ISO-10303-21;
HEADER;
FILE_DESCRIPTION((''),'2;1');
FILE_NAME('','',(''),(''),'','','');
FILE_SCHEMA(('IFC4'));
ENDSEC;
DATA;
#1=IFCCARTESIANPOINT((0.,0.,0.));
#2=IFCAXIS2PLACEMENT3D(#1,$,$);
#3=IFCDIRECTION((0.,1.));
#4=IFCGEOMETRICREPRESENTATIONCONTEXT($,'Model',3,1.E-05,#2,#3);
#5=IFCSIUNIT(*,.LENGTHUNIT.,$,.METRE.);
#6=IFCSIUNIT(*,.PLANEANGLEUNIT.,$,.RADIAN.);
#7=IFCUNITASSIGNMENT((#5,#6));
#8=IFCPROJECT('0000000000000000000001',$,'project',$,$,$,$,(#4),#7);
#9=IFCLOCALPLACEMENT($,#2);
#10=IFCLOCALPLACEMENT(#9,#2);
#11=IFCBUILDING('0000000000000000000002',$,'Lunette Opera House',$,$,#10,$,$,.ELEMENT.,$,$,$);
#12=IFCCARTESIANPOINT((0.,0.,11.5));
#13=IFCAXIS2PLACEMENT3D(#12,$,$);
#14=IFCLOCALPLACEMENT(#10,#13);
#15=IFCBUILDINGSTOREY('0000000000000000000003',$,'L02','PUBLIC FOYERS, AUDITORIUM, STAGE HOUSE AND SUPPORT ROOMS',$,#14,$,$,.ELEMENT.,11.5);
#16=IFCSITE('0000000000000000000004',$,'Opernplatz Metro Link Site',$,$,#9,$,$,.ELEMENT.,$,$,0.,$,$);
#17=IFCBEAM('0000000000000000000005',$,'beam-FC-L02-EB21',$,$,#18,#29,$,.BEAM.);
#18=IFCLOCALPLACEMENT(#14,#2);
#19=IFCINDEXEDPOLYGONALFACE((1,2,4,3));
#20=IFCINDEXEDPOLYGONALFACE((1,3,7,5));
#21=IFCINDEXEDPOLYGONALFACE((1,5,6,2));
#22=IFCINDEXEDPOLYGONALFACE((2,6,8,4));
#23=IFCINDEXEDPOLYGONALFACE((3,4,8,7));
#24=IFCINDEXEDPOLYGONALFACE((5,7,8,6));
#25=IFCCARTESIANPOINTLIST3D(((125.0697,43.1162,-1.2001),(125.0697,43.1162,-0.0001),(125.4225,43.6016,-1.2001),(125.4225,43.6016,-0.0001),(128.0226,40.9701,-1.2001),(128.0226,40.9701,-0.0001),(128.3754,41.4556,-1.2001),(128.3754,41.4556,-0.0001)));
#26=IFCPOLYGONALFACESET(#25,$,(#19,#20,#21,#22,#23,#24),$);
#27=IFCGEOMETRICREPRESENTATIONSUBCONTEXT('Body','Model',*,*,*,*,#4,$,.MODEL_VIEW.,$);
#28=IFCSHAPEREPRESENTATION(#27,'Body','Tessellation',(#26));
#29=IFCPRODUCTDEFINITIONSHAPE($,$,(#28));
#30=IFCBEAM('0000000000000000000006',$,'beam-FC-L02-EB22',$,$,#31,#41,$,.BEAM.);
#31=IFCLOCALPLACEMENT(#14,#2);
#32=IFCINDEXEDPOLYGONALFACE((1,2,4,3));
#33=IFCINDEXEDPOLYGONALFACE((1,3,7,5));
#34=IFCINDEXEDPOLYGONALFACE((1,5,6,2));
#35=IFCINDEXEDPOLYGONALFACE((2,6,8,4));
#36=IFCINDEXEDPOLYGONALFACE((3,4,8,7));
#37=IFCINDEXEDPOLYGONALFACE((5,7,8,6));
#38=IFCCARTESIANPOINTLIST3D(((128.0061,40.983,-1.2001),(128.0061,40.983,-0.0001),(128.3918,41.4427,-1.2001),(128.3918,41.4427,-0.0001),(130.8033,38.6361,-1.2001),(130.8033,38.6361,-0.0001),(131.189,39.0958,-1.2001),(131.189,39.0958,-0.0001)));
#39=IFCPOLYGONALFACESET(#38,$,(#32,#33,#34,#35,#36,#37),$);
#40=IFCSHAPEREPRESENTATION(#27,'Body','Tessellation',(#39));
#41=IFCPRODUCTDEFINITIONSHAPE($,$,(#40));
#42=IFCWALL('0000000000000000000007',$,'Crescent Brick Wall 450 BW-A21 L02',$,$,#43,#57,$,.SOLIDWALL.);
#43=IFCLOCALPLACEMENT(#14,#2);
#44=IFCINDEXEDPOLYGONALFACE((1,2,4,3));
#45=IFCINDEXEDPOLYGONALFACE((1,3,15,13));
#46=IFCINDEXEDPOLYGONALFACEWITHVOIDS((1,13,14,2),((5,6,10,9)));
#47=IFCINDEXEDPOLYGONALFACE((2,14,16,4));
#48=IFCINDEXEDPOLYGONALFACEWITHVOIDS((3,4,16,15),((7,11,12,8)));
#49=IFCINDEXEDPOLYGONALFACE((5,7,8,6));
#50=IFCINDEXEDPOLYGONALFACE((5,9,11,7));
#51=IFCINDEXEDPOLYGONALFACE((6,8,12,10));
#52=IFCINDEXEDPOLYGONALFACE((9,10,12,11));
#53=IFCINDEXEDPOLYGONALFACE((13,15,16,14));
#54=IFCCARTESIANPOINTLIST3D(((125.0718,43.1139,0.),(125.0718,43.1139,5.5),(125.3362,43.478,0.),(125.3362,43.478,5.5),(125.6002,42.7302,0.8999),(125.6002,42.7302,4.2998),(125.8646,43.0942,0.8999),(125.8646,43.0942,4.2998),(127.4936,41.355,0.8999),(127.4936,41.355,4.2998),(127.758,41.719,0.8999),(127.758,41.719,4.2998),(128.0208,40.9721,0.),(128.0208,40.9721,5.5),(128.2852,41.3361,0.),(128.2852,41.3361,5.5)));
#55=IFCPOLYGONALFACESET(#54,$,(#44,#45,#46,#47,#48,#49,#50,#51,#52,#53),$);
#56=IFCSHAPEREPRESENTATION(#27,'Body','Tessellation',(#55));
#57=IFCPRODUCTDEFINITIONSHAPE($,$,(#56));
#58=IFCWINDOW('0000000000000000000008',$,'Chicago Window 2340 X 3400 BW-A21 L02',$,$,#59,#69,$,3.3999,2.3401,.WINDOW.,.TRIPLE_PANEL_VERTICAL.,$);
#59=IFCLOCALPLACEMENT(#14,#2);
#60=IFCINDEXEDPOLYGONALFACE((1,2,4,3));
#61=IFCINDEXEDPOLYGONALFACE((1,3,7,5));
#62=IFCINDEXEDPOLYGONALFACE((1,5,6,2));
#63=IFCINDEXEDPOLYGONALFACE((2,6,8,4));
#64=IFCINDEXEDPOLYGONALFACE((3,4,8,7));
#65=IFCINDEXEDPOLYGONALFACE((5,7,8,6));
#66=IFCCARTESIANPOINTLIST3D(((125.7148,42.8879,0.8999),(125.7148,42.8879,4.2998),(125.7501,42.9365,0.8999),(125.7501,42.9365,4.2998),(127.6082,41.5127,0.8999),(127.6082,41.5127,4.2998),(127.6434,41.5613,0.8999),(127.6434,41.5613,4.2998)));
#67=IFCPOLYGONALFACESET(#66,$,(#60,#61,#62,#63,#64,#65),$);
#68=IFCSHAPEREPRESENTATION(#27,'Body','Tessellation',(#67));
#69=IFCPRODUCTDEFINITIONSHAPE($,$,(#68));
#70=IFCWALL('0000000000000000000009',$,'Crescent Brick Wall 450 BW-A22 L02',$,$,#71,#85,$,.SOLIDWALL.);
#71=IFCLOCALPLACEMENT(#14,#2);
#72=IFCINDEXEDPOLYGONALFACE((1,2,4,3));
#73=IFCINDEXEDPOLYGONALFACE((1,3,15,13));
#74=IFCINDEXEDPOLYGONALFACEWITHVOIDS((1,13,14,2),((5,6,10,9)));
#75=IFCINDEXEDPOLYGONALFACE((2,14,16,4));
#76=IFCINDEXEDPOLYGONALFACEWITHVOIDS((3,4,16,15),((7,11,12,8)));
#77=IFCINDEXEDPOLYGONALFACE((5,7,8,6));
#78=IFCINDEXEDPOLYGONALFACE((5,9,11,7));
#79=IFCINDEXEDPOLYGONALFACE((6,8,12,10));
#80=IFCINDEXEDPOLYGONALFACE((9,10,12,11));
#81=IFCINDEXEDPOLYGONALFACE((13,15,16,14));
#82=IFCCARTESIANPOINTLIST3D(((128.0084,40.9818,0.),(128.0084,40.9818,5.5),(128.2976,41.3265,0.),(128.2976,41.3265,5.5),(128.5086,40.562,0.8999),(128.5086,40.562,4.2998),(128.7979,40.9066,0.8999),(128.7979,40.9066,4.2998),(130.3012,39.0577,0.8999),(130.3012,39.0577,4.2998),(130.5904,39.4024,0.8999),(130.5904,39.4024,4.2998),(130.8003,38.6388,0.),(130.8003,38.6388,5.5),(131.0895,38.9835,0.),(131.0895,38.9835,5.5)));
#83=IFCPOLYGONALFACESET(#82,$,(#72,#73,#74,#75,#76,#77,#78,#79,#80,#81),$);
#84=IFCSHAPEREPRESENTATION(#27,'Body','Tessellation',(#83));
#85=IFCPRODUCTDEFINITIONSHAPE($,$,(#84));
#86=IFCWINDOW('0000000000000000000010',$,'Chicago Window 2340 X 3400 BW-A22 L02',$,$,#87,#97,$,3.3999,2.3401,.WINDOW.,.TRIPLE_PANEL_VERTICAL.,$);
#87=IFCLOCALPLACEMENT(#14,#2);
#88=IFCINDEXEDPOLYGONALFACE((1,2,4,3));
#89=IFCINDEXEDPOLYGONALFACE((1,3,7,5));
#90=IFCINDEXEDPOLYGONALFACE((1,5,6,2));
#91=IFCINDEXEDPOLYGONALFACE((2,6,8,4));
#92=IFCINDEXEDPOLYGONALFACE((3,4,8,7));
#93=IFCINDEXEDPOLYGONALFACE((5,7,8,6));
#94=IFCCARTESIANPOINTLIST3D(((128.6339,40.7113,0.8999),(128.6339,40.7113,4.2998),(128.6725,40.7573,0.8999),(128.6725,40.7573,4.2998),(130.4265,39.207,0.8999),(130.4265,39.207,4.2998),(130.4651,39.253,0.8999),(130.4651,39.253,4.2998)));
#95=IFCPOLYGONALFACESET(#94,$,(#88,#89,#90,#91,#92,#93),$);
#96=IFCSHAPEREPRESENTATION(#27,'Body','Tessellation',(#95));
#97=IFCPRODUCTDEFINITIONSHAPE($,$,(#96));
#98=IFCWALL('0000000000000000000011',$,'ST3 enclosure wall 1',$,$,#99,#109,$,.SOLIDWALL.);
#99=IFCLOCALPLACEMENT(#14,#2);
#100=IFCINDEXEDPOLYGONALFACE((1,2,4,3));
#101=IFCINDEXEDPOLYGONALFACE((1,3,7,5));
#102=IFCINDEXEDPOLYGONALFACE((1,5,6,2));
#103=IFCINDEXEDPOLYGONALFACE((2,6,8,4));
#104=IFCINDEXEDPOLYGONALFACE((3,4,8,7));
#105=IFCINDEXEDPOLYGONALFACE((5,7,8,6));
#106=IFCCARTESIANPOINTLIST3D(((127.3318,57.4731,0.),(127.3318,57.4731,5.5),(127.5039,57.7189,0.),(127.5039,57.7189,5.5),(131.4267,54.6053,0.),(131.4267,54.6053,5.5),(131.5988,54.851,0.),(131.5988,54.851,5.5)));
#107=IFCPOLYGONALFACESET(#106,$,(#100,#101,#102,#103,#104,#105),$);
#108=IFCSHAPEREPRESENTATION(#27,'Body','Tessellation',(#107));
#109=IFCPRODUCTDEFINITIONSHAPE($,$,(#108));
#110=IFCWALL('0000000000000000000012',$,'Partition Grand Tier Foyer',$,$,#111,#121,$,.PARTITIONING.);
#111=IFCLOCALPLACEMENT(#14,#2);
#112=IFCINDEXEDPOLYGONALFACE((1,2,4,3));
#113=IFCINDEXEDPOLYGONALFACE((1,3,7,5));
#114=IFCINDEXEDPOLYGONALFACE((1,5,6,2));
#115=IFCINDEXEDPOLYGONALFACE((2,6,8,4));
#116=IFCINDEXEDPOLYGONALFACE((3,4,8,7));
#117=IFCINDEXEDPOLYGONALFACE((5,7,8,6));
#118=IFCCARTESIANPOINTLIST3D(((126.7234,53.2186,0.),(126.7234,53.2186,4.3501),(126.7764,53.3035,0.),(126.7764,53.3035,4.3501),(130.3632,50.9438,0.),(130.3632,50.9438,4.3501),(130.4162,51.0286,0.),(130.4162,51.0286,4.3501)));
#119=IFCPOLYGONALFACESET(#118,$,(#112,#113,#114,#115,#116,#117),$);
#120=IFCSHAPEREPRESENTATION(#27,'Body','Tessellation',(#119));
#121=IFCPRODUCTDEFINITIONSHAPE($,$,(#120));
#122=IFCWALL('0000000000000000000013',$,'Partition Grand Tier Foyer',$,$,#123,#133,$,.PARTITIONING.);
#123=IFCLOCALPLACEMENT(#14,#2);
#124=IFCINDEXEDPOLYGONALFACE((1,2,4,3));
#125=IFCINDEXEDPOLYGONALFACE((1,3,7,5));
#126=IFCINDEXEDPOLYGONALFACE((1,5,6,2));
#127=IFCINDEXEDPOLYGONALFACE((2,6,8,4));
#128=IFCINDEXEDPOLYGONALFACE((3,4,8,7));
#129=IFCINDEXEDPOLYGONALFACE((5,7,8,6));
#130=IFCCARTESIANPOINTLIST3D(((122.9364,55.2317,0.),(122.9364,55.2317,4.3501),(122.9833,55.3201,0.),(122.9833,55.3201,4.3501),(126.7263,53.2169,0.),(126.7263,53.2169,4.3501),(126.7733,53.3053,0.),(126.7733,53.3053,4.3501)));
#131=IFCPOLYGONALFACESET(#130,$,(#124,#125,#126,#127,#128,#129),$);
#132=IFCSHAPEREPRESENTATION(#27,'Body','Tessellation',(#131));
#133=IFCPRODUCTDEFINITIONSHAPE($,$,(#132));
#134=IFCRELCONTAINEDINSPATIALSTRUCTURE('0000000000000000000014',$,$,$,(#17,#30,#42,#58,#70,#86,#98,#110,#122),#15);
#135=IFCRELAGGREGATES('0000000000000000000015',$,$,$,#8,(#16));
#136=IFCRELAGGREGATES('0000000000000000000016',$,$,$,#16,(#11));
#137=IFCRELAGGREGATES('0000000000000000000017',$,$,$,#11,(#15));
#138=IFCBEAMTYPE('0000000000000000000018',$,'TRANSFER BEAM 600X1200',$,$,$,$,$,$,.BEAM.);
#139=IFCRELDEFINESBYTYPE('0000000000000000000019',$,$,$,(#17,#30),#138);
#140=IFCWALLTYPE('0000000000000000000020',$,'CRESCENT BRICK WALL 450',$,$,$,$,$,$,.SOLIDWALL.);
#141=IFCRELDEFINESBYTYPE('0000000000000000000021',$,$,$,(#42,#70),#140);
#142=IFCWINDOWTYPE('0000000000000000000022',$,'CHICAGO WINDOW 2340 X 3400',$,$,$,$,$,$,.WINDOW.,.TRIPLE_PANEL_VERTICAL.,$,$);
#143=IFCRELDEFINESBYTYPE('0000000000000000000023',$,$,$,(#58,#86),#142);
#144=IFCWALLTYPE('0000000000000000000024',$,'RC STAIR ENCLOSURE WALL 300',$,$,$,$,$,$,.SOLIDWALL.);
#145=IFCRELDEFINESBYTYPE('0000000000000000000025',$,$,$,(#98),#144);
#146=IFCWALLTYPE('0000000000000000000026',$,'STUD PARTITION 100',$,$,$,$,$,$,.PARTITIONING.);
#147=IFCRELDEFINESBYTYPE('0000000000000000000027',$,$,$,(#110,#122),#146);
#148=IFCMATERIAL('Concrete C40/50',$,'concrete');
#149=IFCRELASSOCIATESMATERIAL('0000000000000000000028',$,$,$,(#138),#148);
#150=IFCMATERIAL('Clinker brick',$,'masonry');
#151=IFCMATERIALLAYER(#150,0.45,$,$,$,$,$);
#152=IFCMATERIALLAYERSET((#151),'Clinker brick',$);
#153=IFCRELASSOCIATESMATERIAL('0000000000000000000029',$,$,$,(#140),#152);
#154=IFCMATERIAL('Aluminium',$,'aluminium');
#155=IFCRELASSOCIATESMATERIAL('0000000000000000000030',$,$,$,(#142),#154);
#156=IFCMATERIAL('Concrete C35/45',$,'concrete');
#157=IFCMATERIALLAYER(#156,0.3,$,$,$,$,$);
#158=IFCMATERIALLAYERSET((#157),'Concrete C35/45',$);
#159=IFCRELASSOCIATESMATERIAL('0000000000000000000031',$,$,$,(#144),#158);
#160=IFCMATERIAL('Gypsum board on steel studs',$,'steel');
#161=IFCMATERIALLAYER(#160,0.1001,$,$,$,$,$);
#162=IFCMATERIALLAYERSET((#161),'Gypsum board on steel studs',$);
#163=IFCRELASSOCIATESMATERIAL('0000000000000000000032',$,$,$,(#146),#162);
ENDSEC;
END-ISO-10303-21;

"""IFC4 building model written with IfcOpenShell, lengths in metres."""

from ifc_helpers import new_model, si_unit, direction, frame, frame_2d, origin, origin_2d, place, context, subcontext, project, spatial, rectangle, extrude, material, layer, layer_set, material_profile, profile_set, type_object, element, fill, save


model = new_model("IFC4")

# Units and contexts
model_context = context("Model", 3, precision=1e-05, world=origin(), true_north=direction((0.0, 1.0)))
body_context = subcontext(model_context, "Body", "Model", "MODEL_VIEW")
ifc_project = project(units=[si_unit("LENGTHUNIT", "METRE"), si_unit("PLANEANGLEUNIT", "RADIAN")], contexts=[model_context])

# Site, building, storey
site_placement = place(None, origin())
site = spatial("IfcSite", under=ifc_project, at=site_placement, Name="Opernplatz Metro Link Site", CompositionType="ELEMENT", RefElevation=0.0)
building_placement = place(site_placement, origin())
building = spatial("IfcBuilding", under=site, at=building_placement, Name="Lunette Opera House", CompositionType="ELEMENT")
storey_placement = place(building_placement, frame((0.0, 0.0, 11.5)))
storey = spatial("IfcBuildingStorey", under=building, at=storey_placement, Name="L02", Description="PUBLIC FOYERS, AUDITORIUM, STAGE HOUSE AND SUPPORT ROOMS", CompositionType="ELEMENT", Elevation=11.5)

# Beams
ifc_material_1 = material(Name="Concrete C40/50", Category="concrete")
ifc_material_profile_1 = material_profile(ifc_material_1, rectangle(XDim=0.6001, YDim=1.2, at=origin_2d()), Name="TRANSFER BEAM 600X1200")
ifc_profile_set_1 = profile_set([ifc_material_profile_1], Name="Concrete C40/50")
beam_type_1 = type_object("IfcBeamType", Name="TRANSFER BEAM 600X1200", PredefinedType="BEAM", material=ifc_profile_set_1)
beam_1_placement = place(storey_placement, frame((125.2461, 43.3589, -0.6001), z_axis=(0.808938, -0.587893, 0.0), x_axis=(0.587893, 0.808938, 0.0)))
element("IfcBeam", 1, at=beam_1_placement, inside=storey, type_object=beam_type_1, Name="beam-FC-L02-EB21", PredefinedType="BEAM", context=body_context, shape_type="SweptSolid", body=[
    extrude(rectangle(XDim=0.6001, YDim=1.2, at=origin_2d()), origin(), (0.0, 0.0, 1.0), 3.6504),
])
beam_2_placement = place(storey_placement, frame((128.199, 41.2129, -0.6001), z_axis=(0.766063, -0.642765, 0.0), x_axis=(0.642765, 0.766063, 0.0)))
element("IfcBeam", 2, at=beam_2_placement, inside=storey, type_object=beam_type_1, Name="beam-FC-L02-EB22", PredefinedType="BEAM", context=body_context, shape_type="SweptSolid", body=[
    extrude(rectangle(XDim=0.6001, YDim=1.2, at=origin_2d()), origin(), (0.0, 0.0, 1.0), 3.6514),
])

# Walls, openings, windows
ifc_material_2 = material(Name="Clinker brick", Category="masonry")
ifc_layer_1 = layer(ifc_material_2, 0.45)
ifc_layer_set_1 = layer_set([ifc_layer_1], Name="Clinker brick")
wall_type_1 = type_object("IfcWallType", Name="CRESCENT BRICK WALL 450", PredefinedType="SOLIDWALL", material=ifc_layer_set_1)
wall_1_placement = place(storey_placement, frame((125.2041, 43.2959, 0.0), z_axis=(0.0, 0.0, 1.0), x_axis=(0.80911, -0.587658, 0.0)))
wall_1 = element("IfcWall", 3, at=wall_1_placement, inside=storey, type_object=wall_type_1, Name="Crescent Brick Wall 450 BW-A21 L02", PredefinedType="SOLIDWALL", context=body_context, shape_type="SweptSolid", body=[
    extrude(rectangle(XDim=3.6448, YDim=0.45, at=frame_2d((1.8223, 0.0))), origin(), (0.0, 0.0, 1.0), 5.5),
])
opening_1_placement = place(wall_1_placement, frame((0.6531, 0.0, 0.8999)))
opening_1 = element("IfcOpeningElement", 4, at=opening_1_placement, cuts=wall_1, PredefinedType="OPENING", context=body_context, shape_type="SweptSolid", body=[
    extrude(rectangle(XDim=2.3401, YDim=3.3999, at=frame_2d((1.1699, 1.7))), frame((0.0, 0.2371, 0.0), z_axis=(0.0, -1.0, 0.0), x_axis=(1.0, 0.0, 0.0)), (0.0, 0.0, 1.0), 0.4739),
])
ifc_material_3 = material(Name="Aluminium", Category="aluminium")
window_type = type_object("IfcWindowType", Name="CHICAGO WINDOW 2340 X 3400", PartitioningType="TRIPLE_PANEL_VERTICAL", PredefinedType="WINDOW", material=ifc_material_3)
window_1_placement = place(opening_1_placement, origin())
window_1 = element("IfcWindow", 5, at=window_1_placement, inside=storey, type_object=window_type, Name="Chicago Window 2340 X 3400 BW-A21 L02", OverallHeight=3.3999, OverallWidth=2.3401, PartitioningType="TRIPLE_PANEL_VERTICAL", PredefinedType="WINDOW", context=body_context, shape_type="SweptSolid", body=[
    extrude(rectangle(XDim=2.3401, YDim=3.3999, at=frame_2d((1.1699, 1.7))), frame((0.0, 0.03, 0.0), z_axis=(0.0, -1.0, 0.0), x_axis=(1.0, 0.0, 0.0)), (0.0, 0.0, 1.0), 0.0601),
])
fill(opening_1, window_1)
wall_2_placement = place(storey_placement, frame((128.1531, 41.1541, 0.0), z_axis=(0.0, 0.0, 1.0), x_axis=(0.76601, -0.642829, 0.0)))
wall_2 = element("IfcWall", 6, at=wall_2_placement, inside=storey, type_object=wall_type_1, Name="Crescent Brick Wall 450 BW-A22 L02", PredefinedType="SOLIDWALL", context=body_context, shape_type="SweptSolid", body=[
    extrude(rectangle(XDim=3.6448, YDim=0.45, at=frame_2d((1.8223, 0.0))), origin(), (0.0, 0.0, 1.0), 5.5),
])
opening_2_placement = place(wall_2_placement, frame((0.6531, 0.0, 0.8999)))
opening_2 = element("IfcOpeningElement", 7, at=opening_2_placement, cuts=wall_2, PredefinedType="OPENING", context=body_context, shape_type="SweptSolid", body=[
    extrude(rectangle(XDim=2.3401, YDim=3.3999, at=frame_2d((1.1699, 1.7))), frame((0.0, 0.2371, 0.0), z_axis=(0.0, -1.0, 0.0), x_axis=(1.0, 0.0, 0.0)), (0.0, 0.0, 1.0), 0.4739),
])
window_2_placement = place(opening_2_placement, origin())
window_2 = element("IfcWindow", 8, at=window_2_placement, inside=storey, type_object=window_type, Name="Chicago Window 2340 X 3400 BW-A22 L02", OverallHeight=3.3999, OverallWidth=2.3401, PartitioningType="TRIPLE_PANEL_VERTICAL", PredefinedType="WINDOW", context=body_context, shape_type="SweptSolid", body=[
    extrude(rectangle(XDim=2.3401, YDim=3.3999, at=frame_2d((1.1699, 1.7))), frame((0.0, 0.03, 0.0), z_axis=(0.0, -1.0, 0.0), x_axis=(1.0, 0.0, 0.0)), (0.0, 0.0, 1.0), 0.0601),
])
fill(opening_2, window_2)

# Walls
ifc_material_4 = material(Name="Concrete C35/45", Category="concrete")
ifc_layer_2 = layer(ifc_material_4, 0.3)
ifc_layer_set_2 = layer_set([ifc_layer_2], Name="Concrete C35/45")
wall_type_2 = type_object("IfcWallType", Name="RC STAIR ENCLOSURE WALL 300", PredefinedType="SOLIDWALL", material=ifc_layer_set_2)
wall_3_placement = place(storey_placement, frame((127.418, 57.5959, 0.0), z_axis=(0.0, 0.0, 1.0), x_axis=(0.819097, -0.573656, 0.0)))
element("IfcWall", 9, at=wall_3_placement, inside=storey, type_object=wall_type_2, Name="ST3 enclosure wall 1", PredefinedType="SOLIDWALL", context=body_context, shape_type="SweptSolid", body=[
    extrude(rectangle(XDim=4.9993, YDim=0.3, at=frame_2d((2.4995, 0.0))), origin(), (0.0, 0.0, 1.0), 5.5),
])
ifc_material_5 = material(Name="Gypsum board on steel studs", Category="steel")
ifc_layer_3 = layer(ifc_material_5, 0.1001)
ifc_layer_set_3 = layer_set([ifc_layer_3], Name="Gypsum board on steel studs")
wall_type_3 = type_object("IfcWallType", Name="STUD PARTITION 100", PredefinedType="PARTITIONING", material=ifc_layer_set_3)
for number, where, z_axis, x_axis, name in (
    (10, (126.75, 53.261, 0.0), (0.0, 0.0, 1.0), (0.848001, -0.529994, 0.0), "Partition Grand Tier Foyer"),
    (11, (122.96, 55.2759, 0.0), (0.0, 0.0, 1.0), (0.882977, -0.469416, 0.0), "Partition Grand Tier Foyer"),
):
    element("IfcWall", number, at=place(storey_placement, frame(where, z_axis=z_axis, x_axis=x_axis)), inside=storey, type_object=wall_type_3, Name=name, PredefinedType="PARTITIONING", context=body_context, shape_type="SweptSolid", body=[
        extrude(rectangle(XDim=4.2922, YDim=0.1001, at=frame_2d((2.146, 0.0))), origin(), (0.0, 0.0, 1.0), 4.3501),
    ])

save(model, "model.ifc")
